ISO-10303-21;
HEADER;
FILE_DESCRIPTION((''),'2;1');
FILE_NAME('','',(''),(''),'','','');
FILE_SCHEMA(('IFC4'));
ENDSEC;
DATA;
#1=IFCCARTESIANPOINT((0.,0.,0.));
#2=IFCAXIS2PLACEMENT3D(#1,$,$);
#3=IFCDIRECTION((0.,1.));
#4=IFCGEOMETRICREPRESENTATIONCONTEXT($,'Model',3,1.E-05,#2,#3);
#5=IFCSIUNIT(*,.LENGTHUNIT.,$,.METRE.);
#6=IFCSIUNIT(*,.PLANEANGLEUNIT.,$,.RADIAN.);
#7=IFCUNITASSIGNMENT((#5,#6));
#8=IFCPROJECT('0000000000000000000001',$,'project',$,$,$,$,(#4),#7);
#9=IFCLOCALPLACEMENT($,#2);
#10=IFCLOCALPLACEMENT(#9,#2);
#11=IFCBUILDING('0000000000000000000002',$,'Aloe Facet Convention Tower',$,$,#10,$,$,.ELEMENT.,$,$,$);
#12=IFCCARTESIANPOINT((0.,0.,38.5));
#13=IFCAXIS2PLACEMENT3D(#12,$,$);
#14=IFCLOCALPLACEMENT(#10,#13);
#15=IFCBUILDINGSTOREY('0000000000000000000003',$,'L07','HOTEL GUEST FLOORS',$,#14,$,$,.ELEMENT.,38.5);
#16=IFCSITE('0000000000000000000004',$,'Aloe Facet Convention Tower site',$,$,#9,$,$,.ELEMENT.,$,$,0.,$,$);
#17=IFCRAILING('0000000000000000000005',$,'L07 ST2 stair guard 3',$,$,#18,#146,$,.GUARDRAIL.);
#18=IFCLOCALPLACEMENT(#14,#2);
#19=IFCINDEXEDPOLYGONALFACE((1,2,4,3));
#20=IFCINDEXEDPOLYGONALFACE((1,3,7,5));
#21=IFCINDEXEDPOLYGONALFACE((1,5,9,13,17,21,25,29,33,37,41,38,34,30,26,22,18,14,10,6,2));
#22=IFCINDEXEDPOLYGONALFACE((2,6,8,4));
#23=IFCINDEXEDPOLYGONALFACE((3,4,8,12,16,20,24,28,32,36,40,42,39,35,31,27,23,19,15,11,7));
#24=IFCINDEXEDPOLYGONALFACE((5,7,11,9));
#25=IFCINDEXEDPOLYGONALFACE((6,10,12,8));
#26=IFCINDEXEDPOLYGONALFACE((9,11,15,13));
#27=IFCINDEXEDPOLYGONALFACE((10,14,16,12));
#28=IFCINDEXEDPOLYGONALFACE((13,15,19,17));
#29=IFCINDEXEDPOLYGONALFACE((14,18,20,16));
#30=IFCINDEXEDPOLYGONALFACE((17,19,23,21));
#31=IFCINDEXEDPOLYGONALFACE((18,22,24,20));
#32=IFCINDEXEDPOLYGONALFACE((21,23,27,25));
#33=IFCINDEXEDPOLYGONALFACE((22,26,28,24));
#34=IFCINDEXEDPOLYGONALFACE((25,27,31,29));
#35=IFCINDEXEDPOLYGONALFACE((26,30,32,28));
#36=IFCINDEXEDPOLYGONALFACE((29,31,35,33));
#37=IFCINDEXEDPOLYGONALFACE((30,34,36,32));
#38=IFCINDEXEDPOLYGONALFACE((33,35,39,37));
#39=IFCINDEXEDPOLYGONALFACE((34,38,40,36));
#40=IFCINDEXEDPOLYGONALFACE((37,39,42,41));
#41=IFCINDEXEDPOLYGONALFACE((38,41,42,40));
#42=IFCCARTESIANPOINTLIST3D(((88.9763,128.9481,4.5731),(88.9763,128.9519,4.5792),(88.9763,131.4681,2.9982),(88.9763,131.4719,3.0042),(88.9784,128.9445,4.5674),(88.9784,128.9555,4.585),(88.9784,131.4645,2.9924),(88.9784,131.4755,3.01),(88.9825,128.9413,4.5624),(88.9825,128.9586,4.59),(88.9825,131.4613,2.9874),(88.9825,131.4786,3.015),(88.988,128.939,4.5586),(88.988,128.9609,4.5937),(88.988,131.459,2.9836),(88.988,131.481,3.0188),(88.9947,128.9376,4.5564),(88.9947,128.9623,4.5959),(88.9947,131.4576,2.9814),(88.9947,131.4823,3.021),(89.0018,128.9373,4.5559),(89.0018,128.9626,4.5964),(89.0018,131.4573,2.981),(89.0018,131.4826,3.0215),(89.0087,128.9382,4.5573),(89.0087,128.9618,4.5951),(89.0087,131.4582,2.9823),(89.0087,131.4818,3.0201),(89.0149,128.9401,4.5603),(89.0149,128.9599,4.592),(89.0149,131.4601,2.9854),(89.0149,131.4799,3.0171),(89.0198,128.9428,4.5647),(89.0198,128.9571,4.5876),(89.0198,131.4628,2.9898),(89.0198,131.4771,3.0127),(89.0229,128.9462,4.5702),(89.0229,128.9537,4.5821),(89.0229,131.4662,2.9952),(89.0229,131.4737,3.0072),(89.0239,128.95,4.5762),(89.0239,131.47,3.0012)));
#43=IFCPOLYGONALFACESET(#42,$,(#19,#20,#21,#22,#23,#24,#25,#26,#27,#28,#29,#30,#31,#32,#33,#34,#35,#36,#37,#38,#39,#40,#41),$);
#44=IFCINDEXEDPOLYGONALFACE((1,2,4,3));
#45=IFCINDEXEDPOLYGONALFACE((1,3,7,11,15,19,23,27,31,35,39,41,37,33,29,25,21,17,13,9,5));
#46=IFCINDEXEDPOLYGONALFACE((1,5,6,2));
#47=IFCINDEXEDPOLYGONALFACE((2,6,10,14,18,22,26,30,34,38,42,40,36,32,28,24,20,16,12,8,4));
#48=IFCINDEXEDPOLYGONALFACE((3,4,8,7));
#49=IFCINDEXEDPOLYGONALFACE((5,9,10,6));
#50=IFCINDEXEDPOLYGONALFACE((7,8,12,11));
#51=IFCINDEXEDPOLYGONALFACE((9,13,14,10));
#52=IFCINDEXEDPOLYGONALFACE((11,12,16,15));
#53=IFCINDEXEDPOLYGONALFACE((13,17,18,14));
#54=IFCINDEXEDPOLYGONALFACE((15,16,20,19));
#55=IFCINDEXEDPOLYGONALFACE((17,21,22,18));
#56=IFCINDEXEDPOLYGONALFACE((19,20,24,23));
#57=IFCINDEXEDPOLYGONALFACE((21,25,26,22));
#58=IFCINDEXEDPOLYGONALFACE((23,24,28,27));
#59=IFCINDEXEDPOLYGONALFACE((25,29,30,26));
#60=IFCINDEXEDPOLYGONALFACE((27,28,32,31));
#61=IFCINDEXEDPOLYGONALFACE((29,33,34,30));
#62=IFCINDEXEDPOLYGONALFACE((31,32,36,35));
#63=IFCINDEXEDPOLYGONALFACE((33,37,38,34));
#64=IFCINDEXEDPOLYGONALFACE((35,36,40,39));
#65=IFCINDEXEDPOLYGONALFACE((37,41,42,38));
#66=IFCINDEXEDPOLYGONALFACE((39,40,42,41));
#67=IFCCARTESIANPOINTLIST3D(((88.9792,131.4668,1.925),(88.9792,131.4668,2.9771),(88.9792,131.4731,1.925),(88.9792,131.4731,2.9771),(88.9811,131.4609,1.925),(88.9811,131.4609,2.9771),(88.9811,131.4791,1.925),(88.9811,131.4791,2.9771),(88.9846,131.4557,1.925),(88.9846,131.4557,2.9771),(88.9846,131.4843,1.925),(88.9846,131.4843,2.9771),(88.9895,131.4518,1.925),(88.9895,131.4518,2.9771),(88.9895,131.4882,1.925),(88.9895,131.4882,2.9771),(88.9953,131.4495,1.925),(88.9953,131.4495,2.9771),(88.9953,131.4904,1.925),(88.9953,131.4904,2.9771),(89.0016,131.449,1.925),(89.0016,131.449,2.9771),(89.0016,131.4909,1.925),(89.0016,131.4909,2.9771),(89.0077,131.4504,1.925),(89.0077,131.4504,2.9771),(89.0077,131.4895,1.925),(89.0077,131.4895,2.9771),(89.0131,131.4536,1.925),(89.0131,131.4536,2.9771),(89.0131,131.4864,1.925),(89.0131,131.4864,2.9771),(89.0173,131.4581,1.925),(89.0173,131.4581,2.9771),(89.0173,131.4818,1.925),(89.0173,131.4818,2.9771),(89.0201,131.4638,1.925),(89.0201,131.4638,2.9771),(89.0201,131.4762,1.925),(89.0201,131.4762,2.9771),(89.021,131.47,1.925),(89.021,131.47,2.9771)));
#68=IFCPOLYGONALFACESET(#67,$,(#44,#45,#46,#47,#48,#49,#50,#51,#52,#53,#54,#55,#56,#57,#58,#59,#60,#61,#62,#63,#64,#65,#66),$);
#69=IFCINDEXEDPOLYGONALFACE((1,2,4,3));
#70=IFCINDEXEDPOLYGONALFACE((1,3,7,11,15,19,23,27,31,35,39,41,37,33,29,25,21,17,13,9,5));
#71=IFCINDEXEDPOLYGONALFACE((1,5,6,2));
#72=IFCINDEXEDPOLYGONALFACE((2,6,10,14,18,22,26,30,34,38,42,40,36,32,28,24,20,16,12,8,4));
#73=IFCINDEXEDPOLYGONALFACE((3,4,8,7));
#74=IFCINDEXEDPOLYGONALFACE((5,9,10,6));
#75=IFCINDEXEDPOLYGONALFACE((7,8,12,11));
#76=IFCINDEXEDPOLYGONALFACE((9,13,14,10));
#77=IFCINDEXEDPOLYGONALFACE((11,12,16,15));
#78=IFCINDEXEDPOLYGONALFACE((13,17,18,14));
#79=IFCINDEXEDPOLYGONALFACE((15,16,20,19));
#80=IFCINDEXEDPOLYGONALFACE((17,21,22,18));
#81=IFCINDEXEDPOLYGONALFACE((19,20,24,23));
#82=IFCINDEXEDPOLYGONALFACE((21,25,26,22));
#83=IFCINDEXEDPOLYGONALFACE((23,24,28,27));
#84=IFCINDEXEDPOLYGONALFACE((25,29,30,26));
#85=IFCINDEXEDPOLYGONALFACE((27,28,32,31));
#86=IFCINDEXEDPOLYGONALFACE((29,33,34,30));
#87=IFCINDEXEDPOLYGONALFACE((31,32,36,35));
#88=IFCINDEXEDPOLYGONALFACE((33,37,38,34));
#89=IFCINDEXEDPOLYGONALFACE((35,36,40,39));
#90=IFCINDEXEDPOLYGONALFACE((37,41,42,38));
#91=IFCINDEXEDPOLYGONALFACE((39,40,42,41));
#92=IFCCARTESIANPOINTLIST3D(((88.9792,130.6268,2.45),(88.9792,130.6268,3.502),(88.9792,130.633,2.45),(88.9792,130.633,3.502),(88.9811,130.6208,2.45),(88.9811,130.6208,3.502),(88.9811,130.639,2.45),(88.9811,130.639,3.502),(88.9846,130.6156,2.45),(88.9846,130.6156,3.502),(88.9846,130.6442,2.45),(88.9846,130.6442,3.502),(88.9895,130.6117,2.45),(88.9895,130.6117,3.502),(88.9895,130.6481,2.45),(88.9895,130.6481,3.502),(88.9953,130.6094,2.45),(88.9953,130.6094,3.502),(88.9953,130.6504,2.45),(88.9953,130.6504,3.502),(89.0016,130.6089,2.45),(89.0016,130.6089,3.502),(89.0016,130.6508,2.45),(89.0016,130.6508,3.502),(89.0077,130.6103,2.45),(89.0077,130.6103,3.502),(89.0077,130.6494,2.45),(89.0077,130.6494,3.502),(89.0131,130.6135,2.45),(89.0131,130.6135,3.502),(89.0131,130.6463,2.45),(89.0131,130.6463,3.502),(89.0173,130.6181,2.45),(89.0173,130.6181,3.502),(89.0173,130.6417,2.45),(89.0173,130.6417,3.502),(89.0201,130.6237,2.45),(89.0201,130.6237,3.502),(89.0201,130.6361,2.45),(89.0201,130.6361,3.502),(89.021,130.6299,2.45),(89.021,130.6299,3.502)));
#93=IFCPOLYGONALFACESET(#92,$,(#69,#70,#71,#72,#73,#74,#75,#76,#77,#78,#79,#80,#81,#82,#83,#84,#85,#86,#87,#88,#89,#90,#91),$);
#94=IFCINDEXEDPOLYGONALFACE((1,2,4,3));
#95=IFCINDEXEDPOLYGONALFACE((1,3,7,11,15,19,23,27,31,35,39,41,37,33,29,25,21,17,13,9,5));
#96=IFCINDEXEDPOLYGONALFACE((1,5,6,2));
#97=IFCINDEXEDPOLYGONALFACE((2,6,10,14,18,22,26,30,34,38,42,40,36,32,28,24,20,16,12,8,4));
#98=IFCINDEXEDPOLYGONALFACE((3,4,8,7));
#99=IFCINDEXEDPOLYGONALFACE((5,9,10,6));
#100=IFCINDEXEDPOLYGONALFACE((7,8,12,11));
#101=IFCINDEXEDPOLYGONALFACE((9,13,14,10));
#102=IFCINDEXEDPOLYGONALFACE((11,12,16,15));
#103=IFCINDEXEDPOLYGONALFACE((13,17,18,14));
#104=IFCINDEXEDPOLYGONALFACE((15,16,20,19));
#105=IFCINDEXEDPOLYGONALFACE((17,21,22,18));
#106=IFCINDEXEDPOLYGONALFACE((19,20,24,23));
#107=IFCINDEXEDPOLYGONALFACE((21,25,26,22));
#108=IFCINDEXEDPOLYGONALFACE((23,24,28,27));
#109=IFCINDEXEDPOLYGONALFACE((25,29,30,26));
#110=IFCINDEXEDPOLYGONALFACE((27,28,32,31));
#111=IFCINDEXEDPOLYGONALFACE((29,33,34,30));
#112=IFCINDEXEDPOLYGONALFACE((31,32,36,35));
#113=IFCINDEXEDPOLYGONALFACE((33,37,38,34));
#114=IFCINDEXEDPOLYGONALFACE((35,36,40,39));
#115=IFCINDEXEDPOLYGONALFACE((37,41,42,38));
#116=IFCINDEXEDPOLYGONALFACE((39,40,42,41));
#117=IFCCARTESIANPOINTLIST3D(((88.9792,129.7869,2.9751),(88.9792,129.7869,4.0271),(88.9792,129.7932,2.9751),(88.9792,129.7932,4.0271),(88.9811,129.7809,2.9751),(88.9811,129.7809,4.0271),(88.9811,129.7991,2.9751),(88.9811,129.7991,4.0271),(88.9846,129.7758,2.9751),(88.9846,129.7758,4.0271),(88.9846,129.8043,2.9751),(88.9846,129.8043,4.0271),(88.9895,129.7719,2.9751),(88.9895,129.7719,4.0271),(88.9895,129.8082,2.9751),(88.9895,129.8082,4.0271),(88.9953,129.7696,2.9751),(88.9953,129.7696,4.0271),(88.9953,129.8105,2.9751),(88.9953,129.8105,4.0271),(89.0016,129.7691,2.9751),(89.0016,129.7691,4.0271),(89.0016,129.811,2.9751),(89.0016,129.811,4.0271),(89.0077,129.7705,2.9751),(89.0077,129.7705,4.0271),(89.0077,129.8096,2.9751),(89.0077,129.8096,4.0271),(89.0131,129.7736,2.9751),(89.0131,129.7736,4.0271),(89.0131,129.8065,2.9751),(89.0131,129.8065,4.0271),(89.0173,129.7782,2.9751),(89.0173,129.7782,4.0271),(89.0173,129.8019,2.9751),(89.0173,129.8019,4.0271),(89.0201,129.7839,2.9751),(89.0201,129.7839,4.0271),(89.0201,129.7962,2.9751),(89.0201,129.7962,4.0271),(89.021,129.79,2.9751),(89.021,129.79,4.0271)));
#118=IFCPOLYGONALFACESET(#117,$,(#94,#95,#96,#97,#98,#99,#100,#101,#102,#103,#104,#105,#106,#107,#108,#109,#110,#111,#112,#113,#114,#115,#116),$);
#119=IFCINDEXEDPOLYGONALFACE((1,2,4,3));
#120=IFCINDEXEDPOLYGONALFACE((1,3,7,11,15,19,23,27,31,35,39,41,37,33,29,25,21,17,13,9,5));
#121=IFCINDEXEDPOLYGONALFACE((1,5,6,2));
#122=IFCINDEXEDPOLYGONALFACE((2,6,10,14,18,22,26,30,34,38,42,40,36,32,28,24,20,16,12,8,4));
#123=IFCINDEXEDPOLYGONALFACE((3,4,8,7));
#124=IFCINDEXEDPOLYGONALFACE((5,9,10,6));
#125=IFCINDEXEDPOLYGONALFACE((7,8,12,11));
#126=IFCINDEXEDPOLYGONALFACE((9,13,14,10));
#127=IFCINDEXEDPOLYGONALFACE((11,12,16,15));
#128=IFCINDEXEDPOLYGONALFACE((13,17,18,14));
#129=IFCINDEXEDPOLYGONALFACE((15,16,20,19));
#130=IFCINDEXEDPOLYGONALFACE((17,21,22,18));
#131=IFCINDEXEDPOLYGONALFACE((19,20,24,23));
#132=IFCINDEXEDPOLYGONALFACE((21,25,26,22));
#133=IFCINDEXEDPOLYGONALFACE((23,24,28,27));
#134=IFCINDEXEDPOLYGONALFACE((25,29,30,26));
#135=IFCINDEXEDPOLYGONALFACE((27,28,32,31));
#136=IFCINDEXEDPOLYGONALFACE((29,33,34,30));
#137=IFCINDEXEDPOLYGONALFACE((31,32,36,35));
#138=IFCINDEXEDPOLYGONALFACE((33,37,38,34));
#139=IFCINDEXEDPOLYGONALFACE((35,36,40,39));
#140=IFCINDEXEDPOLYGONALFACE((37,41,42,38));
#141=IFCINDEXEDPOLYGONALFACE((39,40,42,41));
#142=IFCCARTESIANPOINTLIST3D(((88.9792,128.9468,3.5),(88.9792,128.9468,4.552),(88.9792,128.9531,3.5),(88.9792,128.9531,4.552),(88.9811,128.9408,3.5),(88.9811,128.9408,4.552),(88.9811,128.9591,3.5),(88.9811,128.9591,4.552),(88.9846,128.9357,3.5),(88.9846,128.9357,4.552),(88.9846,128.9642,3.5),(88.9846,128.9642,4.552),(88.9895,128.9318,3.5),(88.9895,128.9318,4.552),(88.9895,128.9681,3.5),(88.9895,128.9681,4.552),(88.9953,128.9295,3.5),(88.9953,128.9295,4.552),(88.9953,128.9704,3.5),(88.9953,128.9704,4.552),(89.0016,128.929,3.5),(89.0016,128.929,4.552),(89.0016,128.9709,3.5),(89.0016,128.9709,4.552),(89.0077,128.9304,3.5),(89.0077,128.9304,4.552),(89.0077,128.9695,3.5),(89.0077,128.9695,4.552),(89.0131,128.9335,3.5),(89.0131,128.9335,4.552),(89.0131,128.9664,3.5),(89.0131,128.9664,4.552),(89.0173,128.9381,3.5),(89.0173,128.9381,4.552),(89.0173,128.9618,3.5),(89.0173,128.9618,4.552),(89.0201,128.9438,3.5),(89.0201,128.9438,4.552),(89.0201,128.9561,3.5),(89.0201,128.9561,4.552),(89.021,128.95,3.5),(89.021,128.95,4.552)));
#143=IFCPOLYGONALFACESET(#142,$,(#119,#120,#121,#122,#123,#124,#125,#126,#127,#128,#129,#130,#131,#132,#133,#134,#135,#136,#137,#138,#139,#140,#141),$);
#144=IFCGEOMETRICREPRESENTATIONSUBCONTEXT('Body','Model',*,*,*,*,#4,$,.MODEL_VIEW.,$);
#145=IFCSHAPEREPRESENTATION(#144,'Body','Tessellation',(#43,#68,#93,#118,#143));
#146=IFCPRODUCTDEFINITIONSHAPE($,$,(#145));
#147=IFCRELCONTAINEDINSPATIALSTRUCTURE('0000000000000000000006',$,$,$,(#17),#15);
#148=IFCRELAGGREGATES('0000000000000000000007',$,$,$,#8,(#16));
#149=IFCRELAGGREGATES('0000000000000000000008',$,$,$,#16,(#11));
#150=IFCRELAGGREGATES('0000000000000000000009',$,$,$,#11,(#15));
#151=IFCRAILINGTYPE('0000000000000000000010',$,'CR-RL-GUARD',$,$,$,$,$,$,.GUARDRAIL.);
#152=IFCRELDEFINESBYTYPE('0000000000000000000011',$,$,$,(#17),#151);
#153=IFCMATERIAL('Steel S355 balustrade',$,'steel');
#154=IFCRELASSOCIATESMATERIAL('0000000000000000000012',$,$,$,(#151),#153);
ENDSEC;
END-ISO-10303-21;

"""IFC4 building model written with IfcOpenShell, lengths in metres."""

from ifc_helpers import new_model, si_unit, direction, frame, origin, origin_2d, place, context, subcontext, project, spatial, circle, extrude, material, type_object, element, save


model = new_model("IFC4")

# Units and contexts
model_context = context("Model", 3, precision=1e-05, world=origin(), true_north=direction((0.0, 1.0)))
body_context = subcontext(model_context, "Body", "Model", "MODEL_VIEW")
ifc_project = project(units=[si_unit("LENGTHUNIT", "METRE"), si_unit("PLANEANGLEUNIT", "RADIAN")], contexts=[model_context])

# Site, building, storey
site_placement = place(None, origin())
site = spatial("IfcSite", under=ifc_project, at=site_placement, Name="Aloe Facet Convention Tower site", CompositionType="ELEMENT", RefElevation=0.0)
building_placement = place(site_placement, origin())
building = spatial("IfcBuilding", under=site, at=building_placement, Name="Aloe Facet Convention Tower", CompositionType="ELEMENT")
storey_placement = place(building_placement, frame((0.0, 0.0, 38.5)))
storey = spatial("IfcBuildingStorey", under=building, at=storey_placement, Name="L07", Description="HOTEL GUEST FLOORS", CompositionType="ELEMENT", Elevation=38.5)

# Railing
ifc_material_1 = material(Name="Steel S355 balustrade", Category="steel")
railing_type_1 = type_object("IfcRailingType", Name="CR-RL-GUARD", PredefinedType="GUARDRAIL", material=ifc_material_1)
railing_1_placement = place(storey_placement, frame((89.0, 131.47, 1.925)))
element("IfcRailing", 1, at=railing_1_placement, inside=storey, type_object=railing_type_1, Name="L07 ST2 stair guard 3", PredefinedType="GUARDRAIL", context=body_context, shape_type="SweptSolid", body=[
    extrude(circle(Radius=0.0239, at=origin_2d()), frame((0.0, 0.0, 1.0762), z_axis=(0.0, -0.848008, 0.529984), x_axis=(1.0, 0.0, 0.0)), (0.0, 0.0, 1.0), 2.9717),
    extrude(circle(Radius=0.021, at=origin_2d()), origin(), (0.0, 0.0, 1.0), 1.052),
    extrude(circle(Radius=0.021, at=origin_2d()), frame((0.0, -0.8401, 0.5249)), (0.0, 0.0, 1.0), 1.052),
    extrude(circle(Radius=0.021, at=origin_2d()), frame((0.0, -1.6799, 1.05)), (0.0, 0.0, 1.0), 1.052),
    extrude(circle(Radius=0.021, at=origin_2d()), frame((0.0, -2.52, 1.575)), (0.0, 0.0, 1.0), 1.052),
])

save(model, "model.ifc")
